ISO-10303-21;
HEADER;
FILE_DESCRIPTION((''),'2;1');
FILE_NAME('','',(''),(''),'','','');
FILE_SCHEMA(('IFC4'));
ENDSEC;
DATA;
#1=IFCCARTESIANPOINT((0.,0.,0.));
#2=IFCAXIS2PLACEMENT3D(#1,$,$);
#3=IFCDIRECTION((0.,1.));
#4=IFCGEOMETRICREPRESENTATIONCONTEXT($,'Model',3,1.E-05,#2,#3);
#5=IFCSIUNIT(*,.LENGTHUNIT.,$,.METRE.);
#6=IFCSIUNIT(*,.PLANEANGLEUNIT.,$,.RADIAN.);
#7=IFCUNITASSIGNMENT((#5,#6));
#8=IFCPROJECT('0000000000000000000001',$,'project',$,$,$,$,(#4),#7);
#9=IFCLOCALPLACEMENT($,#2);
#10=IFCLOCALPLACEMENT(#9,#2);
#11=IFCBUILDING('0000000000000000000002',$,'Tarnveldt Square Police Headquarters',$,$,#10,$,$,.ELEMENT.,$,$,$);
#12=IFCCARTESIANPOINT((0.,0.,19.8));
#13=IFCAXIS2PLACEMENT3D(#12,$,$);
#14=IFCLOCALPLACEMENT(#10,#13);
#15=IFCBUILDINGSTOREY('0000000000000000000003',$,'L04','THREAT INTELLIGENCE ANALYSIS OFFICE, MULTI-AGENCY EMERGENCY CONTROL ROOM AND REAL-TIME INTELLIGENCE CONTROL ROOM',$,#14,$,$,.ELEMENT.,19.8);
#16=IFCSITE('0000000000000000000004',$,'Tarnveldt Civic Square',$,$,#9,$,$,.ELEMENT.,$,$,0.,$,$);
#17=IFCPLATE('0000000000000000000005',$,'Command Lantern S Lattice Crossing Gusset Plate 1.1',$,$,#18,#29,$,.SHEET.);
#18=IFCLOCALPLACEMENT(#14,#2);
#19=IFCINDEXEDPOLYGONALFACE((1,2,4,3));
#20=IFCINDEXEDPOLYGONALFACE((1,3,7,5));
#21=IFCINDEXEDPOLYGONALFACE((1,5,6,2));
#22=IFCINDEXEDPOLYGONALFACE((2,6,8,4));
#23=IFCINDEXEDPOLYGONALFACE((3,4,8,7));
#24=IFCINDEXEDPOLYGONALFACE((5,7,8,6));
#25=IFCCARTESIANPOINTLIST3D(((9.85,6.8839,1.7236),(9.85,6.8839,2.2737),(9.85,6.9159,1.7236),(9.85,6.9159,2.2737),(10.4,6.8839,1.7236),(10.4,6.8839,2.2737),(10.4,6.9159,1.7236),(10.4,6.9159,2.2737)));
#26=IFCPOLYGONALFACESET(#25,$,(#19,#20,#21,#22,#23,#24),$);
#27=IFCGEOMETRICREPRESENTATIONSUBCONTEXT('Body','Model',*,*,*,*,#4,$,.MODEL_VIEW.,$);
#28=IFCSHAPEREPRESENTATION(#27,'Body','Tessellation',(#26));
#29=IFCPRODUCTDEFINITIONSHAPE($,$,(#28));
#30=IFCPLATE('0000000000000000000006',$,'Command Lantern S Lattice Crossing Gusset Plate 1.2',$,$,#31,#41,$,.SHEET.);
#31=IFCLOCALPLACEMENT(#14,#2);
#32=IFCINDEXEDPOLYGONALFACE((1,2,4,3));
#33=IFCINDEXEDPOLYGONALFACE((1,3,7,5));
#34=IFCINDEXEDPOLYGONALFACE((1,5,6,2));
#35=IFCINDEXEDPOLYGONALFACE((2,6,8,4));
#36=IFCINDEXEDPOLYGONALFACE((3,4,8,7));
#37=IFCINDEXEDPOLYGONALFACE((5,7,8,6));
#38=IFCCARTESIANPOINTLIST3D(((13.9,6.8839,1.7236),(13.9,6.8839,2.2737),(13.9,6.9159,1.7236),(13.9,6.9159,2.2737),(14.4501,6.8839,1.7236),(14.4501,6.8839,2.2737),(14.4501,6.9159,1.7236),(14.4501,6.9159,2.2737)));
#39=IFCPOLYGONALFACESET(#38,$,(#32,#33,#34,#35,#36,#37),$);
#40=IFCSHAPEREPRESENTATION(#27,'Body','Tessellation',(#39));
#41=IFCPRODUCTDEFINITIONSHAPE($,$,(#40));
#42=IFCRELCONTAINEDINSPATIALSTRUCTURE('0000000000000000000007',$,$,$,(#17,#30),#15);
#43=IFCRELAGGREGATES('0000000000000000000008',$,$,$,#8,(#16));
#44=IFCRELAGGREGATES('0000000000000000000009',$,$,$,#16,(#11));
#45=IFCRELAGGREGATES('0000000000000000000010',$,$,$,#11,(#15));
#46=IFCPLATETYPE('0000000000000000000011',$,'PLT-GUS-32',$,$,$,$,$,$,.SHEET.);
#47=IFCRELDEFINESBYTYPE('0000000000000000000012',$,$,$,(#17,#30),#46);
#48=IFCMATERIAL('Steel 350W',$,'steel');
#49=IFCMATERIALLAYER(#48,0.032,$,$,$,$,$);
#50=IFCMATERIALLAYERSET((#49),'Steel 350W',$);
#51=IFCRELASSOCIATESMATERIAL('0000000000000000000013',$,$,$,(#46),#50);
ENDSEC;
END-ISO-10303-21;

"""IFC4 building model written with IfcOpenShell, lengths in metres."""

from ifc_helpers import new_model, si_unit, direction, frame, origin, origin_2d, place, context, subcontext, project, spatial, rectangle, extrude, material, layer, layer_set, type_object, element, save


model = new_model("IFC4")

# Units and contexts
model_context = context("Model", 3, precision=1e-05, world=origin(), true_north=direction((0.0, 1.0)))
body_context = subcontext(model_context, "Body", "Model", "MODEL_VIEW")
ifc_project = project(units=[si_unit("LENGTHUNIT", "METRE"), si_unit("PLANEANGLEUNIT", "RADIAN")], contexts=[model_context])

# Site, building, storey
site_placement = place(None, origin())
site = spatial("IfcSite", under=ifc_project, at=site_placement, Name="Tarnveldt Civic Square", CompositionType="ELEMENT", RefElevation=0.0)
building_placement = place(site_placement, origin())
building = spatial("IfcBuilding", under=site, at=building_placement, Name="Tarnveldt Square Police Headquarters", CompositionType="ELEMENT")
storey_placement = place(building_placement, frame((0.0, 0.0, 19.8)))
storey = spatial("IfcBuildingStorey", under=building, at=storey_placement, Name="L04", Description="THREAT INTELLIGENCE ANALYSIS OFFICE, MULTI-AGENCY EMERGENCY CONTROL ROOM AND REAL-TIME INTELLIGENCE CONTROL ROOM", CompositionType="ELEMENT", Elevation=19.8)

# Shared definitions
ifc_material_1 = material(Name="Steel 350W", Category="steel")

# Plates
ifc_layer_1 = layer(ifc_material_1, 0.032)
ifc_layer_set_1 = layer_set([ifc_layer_1], Name="Steel 350W")
plate_type_1 = type_object("IfcPlateType", Name="PLT-GUS-32", PredefinedType="SHEET", material=ifc_layer_set_1)
for number, where, z_axis, x_axis, name in (
    (1, (10.125, 6.8999, 1.7236), (0.0, 0.0, 1.0), (1.0, 0.0, 0.0), "Command Lantern S Lattice Crossing Gusset Plate 1.1"),
    (2, (14.175, 6.8999, 1.7236), (0.0, 0.0, 1.0), (1.0, 0.0, 0.0), "Command Lantern S Lattice Crossing Gusset Plate 1.2"),
):
    element("IfcPlate", number, at=place(storey_placement, frame(where, z_axis=z_axis, x_axis=x_axis)), inside=storey, type_object=plate_type_1, Name=name, PredefinedType="SHEET", context=body_context, shape_type="SweptSolid", body=[
        extrude(rectangle(XDim=0.55, YDim=0.032, at=origin_2d()), origin(), (0.0, 0.0, 1.0), 0.55),
    ])

save(model, "model.ifc")
